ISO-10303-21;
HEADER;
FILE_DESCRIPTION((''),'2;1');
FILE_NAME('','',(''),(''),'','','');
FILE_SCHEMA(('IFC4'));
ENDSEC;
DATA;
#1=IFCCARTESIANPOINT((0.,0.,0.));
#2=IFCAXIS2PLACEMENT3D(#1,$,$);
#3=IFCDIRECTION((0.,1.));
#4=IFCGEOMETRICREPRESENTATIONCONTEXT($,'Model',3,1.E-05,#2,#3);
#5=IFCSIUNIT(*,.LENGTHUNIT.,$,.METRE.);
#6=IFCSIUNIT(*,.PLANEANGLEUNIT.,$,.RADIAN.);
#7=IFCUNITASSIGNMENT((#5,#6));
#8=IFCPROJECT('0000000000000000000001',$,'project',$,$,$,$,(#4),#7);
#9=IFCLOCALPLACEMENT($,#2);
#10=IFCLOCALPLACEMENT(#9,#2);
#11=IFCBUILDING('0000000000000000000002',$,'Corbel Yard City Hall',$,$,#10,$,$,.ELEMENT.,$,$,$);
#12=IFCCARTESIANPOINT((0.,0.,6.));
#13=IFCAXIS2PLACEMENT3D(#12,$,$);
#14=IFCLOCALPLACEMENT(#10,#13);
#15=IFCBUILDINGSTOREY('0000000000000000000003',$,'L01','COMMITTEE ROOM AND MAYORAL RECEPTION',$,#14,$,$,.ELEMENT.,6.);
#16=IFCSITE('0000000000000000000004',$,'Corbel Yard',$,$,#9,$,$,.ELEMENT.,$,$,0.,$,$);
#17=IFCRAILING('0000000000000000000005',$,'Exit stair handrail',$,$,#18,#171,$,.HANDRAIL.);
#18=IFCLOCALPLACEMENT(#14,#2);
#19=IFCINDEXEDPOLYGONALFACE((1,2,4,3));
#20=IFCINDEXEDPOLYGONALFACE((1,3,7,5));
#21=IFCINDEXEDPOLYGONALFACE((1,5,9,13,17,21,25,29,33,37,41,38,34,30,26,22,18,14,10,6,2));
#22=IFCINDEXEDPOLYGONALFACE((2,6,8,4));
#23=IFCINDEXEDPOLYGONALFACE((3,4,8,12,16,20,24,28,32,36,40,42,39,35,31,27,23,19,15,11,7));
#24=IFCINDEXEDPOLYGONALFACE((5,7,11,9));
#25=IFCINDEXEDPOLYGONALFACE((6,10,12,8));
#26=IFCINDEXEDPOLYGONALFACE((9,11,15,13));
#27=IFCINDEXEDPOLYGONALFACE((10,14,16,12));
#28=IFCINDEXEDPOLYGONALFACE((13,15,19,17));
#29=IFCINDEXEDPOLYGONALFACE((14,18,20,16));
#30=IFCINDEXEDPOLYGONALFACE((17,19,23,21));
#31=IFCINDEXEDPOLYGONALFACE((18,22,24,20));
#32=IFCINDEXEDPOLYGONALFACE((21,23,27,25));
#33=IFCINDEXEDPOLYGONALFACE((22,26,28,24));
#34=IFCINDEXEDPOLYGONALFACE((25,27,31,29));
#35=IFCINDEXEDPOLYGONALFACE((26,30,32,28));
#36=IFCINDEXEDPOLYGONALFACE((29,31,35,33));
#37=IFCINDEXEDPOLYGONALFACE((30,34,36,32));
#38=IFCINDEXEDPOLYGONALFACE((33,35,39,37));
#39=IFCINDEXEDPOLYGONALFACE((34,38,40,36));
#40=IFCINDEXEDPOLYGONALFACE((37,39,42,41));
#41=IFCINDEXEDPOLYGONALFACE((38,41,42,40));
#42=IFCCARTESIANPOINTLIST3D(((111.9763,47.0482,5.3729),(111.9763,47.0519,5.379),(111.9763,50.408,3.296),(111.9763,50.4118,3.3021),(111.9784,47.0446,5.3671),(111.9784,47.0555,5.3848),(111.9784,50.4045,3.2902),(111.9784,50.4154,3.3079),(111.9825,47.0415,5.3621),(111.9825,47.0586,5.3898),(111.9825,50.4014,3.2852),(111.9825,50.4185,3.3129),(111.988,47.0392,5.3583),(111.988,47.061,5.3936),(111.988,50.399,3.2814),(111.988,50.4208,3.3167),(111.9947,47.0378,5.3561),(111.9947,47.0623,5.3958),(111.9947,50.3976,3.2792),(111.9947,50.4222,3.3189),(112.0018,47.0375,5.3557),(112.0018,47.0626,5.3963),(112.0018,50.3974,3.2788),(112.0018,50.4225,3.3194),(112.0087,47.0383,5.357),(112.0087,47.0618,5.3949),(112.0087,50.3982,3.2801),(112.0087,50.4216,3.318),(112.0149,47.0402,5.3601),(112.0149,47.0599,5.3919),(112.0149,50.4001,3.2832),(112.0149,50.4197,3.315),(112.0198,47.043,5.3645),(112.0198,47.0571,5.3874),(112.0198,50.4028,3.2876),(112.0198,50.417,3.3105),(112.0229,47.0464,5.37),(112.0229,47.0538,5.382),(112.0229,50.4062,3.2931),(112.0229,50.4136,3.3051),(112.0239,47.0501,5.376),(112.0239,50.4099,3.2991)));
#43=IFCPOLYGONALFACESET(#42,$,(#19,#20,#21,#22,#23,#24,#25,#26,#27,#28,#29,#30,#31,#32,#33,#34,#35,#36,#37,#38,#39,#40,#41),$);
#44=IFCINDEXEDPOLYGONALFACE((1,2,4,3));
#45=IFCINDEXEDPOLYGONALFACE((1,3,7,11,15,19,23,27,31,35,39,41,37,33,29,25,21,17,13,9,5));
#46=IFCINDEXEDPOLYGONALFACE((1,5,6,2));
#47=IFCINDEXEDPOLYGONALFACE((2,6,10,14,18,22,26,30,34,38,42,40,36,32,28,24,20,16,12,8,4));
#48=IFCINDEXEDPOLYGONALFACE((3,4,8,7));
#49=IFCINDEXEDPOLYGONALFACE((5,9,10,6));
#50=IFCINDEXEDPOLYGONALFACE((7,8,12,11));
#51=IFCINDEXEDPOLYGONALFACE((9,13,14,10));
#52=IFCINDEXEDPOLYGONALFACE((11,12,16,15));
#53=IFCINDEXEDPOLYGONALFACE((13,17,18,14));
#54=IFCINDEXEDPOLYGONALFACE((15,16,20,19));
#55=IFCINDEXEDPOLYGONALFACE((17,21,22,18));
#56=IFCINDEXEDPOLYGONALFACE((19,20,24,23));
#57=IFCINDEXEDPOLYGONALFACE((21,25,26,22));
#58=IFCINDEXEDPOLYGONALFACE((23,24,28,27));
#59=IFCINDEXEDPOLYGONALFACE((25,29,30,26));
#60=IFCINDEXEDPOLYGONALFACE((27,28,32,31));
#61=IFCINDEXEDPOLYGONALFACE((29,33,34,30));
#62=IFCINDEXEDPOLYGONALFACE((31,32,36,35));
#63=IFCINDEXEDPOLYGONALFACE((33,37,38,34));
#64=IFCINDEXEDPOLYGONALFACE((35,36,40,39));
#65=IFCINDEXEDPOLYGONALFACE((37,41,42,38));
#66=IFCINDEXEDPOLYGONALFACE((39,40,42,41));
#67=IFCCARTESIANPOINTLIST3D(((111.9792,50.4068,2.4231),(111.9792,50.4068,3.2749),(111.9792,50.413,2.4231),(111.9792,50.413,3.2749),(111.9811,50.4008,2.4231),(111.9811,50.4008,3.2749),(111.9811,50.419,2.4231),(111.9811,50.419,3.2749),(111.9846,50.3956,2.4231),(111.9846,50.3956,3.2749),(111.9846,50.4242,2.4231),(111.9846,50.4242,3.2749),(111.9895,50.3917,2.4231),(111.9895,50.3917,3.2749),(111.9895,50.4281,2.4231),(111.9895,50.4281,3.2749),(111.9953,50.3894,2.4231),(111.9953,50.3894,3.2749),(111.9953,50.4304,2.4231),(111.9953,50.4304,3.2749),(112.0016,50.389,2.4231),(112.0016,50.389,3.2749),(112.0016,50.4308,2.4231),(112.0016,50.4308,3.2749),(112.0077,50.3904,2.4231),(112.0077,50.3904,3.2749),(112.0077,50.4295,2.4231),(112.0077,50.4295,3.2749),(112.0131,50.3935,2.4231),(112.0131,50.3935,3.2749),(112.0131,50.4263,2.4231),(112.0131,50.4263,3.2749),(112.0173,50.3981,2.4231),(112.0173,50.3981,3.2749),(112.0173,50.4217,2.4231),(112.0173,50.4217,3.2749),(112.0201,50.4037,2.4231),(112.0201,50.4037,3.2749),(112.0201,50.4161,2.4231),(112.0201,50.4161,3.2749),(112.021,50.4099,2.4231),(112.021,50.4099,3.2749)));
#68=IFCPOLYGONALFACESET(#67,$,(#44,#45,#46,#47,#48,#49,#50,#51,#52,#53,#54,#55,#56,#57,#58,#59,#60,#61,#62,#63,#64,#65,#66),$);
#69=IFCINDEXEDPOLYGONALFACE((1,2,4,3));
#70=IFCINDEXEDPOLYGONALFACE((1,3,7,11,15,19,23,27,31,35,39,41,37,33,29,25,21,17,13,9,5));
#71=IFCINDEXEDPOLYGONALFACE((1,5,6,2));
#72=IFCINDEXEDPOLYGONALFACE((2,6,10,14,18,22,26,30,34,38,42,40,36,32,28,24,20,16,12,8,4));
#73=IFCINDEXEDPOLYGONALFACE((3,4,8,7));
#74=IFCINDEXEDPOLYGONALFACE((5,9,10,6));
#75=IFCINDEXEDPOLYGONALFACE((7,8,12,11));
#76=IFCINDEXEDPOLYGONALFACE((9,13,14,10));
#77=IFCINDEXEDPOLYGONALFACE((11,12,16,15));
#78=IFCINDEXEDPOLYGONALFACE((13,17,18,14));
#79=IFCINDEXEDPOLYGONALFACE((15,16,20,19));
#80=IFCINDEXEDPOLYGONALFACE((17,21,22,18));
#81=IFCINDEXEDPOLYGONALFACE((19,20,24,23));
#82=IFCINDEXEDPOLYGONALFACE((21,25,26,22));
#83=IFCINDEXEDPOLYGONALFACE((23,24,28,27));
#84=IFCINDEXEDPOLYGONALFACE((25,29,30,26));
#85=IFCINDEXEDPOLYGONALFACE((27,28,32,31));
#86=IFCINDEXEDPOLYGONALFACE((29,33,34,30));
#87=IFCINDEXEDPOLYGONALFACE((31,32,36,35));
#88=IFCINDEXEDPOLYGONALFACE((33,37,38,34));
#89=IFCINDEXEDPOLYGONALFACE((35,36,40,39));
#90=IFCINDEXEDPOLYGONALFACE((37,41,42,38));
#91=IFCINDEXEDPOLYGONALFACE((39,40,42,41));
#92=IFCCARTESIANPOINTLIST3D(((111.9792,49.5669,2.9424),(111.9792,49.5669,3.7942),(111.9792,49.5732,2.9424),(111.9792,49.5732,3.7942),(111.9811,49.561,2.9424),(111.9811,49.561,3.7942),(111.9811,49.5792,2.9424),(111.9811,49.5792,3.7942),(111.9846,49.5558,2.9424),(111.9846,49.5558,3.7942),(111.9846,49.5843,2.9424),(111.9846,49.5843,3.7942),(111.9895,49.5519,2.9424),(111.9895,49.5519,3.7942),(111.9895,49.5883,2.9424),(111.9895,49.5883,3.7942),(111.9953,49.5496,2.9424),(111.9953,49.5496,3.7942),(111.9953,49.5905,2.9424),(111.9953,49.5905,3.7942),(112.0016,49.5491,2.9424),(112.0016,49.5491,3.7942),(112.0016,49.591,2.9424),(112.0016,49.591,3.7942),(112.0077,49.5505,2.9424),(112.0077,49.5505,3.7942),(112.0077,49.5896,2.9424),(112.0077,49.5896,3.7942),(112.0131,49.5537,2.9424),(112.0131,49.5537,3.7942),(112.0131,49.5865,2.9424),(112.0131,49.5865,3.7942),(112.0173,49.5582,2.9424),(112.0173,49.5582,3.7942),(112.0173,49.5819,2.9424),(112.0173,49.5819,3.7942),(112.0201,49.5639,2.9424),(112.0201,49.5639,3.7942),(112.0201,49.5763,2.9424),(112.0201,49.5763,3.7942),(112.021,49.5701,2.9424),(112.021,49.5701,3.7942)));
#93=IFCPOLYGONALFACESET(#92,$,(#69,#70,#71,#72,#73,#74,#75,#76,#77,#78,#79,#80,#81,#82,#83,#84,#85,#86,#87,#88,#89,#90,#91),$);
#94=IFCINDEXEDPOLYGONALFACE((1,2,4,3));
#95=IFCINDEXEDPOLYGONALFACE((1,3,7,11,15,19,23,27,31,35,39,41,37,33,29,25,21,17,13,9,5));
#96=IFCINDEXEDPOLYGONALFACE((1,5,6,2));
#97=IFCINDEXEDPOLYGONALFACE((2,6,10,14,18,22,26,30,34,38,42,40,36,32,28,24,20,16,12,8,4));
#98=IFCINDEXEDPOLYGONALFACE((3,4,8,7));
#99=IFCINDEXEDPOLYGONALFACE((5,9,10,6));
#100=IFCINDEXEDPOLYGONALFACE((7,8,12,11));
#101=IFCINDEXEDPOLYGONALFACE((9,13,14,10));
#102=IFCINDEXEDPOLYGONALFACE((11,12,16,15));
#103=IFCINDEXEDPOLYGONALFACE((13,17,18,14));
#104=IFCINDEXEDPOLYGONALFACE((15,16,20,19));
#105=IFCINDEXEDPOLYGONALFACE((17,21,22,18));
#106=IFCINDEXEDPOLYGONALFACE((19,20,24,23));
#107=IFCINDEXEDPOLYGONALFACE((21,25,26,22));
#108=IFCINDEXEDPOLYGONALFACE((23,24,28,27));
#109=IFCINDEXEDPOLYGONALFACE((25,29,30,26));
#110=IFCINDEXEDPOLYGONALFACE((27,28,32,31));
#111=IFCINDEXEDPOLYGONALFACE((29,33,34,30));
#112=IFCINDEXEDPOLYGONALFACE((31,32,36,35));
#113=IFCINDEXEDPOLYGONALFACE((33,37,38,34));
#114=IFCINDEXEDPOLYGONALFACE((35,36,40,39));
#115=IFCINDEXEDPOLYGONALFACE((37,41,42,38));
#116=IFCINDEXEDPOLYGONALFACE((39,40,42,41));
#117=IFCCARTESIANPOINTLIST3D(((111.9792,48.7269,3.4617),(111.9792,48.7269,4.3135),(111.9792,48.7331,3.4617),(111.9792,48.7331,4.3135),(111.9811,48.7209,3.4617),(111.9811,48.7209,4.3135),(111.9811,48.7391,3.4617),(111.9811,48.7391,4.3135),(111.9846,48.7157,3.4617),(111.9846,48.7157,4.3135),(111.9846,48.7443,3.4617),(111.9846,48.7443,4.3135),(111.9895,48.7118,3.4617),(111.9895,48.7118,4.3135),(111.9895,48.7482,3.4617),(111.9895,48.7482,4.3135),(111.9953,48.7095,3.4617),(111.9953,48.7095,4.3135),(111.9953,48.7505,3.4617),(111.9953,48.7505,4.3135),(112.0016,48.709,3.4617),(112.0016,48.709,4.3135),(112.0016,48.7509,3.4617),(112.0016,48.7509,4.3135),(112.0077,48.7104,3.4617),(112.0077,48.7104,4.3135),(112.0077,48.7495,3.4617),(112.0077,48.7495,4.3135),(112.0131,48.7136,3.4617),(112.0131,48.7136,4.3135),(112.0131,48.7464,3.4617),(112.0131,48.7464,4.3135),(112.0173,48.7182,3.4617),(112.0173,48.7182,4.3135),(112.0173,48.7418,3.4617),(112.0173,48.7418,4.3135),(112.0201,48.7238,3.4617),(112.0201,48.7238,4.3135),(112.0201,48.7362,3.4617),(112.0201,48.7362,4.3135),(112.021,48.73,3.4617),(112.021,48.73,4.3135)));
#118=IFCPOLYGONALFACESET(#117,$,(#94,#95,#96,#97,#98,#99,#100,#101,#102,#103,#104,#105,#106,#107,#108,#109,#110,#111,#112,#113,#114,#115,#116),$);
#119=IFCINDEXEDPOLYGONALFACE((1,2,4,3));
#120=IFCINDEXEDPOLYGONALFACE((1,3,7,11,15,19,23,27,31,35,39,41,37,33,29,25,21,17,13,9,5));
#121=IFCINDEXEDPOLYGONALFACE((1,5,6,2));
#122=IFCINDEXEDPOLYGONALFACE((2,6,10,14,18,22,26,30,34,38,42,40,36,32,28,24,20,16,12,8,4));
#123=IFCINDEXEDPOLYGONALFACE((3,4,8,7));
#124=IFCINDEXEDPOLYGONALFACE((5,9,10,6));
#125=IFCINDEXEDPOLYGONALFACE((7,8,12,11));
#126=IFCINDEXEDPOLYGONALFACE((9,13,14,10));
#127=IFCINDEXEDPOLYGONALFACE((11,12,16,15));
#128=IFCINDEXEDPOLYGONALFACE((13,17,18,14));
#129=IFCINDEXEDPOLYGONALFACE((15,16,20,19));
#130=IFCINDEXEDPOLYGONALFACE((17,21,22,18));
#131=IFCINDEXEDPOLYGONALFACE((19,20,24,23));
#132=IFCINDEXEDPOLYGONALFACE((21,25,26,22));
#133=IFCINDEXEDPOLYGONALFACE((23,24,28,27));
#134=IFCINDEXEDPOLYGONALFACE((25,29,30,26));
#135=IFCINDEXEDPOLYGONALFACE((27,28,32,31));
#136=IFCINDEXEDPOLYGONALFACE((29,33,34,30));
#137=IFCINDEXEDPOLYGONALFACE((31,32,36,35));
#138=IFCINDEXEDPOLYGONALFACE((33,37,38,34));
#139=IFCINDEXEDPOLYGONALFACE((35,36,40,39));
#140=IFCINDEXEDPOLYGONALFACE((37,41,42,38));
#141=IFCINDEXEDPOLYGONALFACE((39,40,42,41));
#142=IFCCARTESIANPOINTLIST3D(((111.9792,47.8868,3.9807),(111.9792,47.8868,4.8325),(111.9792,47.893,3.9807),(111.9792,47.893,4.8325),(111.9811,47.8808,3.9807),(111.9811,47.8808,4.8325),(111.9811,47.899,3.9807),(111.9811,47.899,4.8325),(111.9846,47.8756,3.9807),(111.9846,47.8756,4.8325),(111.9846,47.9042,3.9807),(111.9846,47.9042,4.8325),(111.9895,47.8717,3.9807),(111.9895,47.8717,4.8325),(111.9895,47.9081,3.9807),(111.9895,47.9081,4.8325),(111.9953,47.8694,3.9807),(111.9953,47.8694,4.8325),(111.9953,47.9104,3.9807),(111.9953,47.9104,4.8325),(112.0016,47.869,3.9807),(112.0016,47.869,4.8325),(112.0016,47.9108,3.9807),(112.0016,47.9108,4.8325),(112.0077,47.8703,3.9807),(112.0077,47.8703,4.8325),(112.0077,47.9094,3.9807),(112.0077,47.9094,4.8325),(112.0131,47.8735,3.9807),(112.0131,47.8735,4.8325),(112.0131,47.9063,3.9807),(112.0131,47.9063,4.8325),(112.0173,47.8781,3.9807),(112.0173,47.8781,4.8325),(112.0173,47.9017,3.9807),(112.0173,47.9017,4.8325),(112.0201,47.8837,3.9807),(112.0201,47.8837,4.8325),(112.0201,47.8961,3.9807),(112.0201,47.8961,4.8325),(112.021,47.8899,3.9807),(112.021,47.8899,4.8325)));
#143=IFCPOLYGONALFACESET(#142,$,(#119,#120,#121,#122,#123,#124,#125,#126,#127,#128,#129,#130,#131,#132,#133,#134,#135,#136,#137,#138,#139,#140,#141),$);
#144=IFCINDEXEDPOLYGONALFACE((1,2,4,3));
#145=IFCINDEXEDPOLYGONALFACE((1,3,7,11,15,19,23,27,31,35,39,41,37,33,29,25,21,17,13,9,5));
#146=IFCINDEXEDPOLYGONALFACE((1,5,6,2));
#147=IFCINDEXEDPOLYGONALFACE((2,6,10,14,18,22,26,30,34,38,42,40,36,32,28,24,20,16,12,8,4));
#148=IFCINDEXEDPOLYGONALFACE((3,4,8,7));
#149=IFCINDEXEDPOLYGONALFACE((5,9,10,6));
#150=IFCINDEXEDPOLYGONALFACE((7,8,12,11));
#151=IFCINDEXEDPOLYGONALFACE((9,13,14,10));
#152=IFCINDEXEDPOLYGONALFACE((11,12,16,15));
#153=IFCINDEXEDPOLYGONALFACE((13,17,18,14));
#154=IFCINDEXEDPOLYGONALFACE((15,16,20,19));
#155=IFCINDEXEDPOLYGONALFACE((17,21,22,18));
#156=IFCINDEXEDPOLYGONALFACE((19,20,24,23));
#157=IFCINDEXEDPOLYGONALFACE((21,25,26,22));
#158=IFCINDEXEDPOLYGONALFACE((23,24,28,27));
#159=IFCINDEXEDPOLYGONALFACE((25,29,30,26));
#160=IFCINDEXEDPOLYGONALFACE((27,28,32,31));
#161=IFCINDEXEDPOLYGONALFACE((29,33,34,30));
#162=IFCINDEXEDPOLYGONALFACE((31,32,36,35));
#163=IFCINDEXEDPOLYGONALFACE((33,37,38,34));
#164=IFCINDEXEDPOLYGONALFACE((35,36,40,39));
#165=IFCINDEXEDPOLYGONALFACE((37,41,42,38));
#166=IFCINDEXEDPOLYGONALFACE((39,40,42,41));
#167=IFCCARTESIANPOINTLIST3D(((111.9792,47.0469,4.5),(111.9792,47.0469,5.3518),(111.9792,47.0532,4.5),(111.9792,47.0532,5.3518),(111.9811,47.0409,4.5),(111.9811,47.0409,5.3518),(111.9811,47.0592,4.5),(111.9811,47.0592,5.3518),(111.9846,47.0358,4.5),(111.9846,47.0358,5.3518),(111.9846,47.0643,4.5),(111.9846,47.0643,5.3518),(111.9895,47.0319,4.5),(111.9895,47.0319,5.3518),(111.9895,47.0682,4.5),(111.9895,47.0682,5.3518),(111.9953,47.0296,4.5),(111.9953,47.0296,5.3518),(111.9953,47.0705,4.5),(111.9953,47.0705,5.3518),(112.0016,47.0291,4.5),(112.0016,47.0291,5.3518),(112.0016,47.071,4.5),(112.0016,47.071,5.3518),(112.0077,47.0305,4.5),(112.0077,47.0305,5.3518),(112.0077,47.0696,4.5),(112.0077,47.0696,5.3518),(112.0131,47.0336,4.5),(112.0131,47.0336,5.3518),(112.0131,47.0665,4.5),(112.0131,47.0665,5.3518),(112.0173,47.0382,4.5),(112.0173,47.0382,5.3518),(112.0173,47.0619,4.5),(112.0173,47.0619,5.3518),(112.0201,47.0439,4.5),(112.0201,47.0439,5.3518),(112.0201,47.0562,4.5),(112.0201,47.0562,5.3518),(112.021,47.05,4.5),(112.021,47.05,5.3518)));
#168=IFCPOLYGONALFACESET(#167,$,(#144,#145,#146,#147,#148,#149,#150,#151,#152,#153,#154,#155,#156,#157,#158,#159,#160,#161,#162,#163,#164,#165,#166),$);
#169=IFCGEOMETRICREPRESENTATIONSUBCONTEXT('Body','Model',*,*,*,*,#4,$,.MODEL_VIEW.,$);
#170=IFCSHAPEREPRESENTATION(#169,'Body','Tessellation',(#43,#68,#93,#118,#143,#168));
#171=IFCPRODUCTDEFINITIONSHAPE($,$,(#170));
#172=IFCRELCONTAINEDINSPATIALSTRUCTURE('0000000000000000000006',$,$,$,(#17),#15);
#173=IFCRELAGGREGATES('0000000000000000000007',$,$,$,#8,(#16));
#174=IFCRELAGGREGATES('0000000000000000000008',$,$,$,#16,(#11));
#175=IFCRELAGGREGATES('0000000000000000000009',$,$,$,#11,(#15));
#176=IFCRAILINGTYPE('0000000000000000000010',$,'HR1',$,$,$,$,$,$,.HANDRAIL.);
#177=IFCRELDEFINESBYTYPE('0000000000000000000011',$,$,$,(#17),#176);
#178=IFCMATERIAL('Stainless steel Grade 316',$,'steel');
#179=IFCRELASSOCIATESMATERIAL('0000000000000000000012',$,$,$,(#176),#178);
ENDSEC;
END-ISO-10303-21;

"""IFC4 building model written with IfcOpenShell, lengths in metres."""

from ifc_helpers import new_model, si_unit, direction, frame, origin, origin_2d, place, context, subcontext, project, spatial, circle, extrude, material, type_object, element, save


model = new_model("IFC4")

# Units and contexts
model_context = context("Model", 3, precision=1e-05, world=origin(), true_north=direction((0.0, 1.0)))
body_context = subcontext(model_context, "Body", "Model", "MODEL_VIEW")
ifc_project = project(units=[si_unit("LENGTHUNIT", "METRE"), si_unit("PLANEANGLEUNIT", "RADIAN")], contexts=[model_context])

# Site, building, storey
site_placement = place(None, origin())
site = spatial("IfcSite", under=ifc_project, at=site_placement, Name="Corbel Yard", CompositionType="ELEMENT", RefElevation=0.0)
building_placement = place(site_placement, origin())
building = spatial("IfcBuilding", under=site, at=building_placement, Name="Corbel Yard City Hall", CompositionType="ELEMENT")
storey_placement = place(building_placement, frame((0.0, 0.0, 6.0)))
storey = spatial("IfcBuildingStorey", under=building, at=storey_placement, Name="L01", Description="COMMITTEE ROOM AND MAYORAL RECEPTION", CompositionType="ELEMENT", Elevation=6.0)

# Shared definitions
ifc_material_1 = material(Name="Stainless steel Grade 316", Category="steel")

# Railing
railing_type_1 = type_object("IfcRailingType", Name="HR1", PredefinedType="HANDRAIL", material=ifc_material_1)
for number, where, name in (
    (1, (112.0, 50.4099, 2.4231), "Exit stair handrail"),
):
    element("IfcRailing", number, at=place(storey_placement, frame(where)), inside=storey, type_object=railing_type_1, Name=name, PredefinedType="HANDRAIL", context=body_context, shape_type="SweptSolid", body=[
        extrude(circle(Radius=0.0239, at=origin_2d()), frame((0.0, 0.0, 0.876), z_axis=(0.0, -0.850606, 0.525803), x_axis=(1.0, 0.0, 0.0)), (0.0, 0.0, 1.0), 3.95),
        extrude(circle(Radius=0.021, at=origin_2d()), origin(), (0.0, 0.0, 1.0), 0.8518),
        extrude(circle(Radius=0.021, at=origin_2d()), frame((0.0, -0.8398, 0.5193)), (0.0, 0.0, 1.0), 0.8518),
        extrude(circle(Radius=0.021, at=origin_2d()), frame((0.0, -1.6799, 1.0386)), (0.0, 0.0, 1.0), 0.8518),
        extrude(circle(Radius=0.021, at=origin_2d()), frame((0.0, -2.52, 1.5576)), (0.0, 0.0, 1.0), 0.8518),
        extrude(circle(Radius=0.021, at=origin_2d()), frame((0.0, -3.3599, 2.0769)), (0.0, 0.0, 1.0), 0.8518),
    ])

save(model, "model.ifc")
